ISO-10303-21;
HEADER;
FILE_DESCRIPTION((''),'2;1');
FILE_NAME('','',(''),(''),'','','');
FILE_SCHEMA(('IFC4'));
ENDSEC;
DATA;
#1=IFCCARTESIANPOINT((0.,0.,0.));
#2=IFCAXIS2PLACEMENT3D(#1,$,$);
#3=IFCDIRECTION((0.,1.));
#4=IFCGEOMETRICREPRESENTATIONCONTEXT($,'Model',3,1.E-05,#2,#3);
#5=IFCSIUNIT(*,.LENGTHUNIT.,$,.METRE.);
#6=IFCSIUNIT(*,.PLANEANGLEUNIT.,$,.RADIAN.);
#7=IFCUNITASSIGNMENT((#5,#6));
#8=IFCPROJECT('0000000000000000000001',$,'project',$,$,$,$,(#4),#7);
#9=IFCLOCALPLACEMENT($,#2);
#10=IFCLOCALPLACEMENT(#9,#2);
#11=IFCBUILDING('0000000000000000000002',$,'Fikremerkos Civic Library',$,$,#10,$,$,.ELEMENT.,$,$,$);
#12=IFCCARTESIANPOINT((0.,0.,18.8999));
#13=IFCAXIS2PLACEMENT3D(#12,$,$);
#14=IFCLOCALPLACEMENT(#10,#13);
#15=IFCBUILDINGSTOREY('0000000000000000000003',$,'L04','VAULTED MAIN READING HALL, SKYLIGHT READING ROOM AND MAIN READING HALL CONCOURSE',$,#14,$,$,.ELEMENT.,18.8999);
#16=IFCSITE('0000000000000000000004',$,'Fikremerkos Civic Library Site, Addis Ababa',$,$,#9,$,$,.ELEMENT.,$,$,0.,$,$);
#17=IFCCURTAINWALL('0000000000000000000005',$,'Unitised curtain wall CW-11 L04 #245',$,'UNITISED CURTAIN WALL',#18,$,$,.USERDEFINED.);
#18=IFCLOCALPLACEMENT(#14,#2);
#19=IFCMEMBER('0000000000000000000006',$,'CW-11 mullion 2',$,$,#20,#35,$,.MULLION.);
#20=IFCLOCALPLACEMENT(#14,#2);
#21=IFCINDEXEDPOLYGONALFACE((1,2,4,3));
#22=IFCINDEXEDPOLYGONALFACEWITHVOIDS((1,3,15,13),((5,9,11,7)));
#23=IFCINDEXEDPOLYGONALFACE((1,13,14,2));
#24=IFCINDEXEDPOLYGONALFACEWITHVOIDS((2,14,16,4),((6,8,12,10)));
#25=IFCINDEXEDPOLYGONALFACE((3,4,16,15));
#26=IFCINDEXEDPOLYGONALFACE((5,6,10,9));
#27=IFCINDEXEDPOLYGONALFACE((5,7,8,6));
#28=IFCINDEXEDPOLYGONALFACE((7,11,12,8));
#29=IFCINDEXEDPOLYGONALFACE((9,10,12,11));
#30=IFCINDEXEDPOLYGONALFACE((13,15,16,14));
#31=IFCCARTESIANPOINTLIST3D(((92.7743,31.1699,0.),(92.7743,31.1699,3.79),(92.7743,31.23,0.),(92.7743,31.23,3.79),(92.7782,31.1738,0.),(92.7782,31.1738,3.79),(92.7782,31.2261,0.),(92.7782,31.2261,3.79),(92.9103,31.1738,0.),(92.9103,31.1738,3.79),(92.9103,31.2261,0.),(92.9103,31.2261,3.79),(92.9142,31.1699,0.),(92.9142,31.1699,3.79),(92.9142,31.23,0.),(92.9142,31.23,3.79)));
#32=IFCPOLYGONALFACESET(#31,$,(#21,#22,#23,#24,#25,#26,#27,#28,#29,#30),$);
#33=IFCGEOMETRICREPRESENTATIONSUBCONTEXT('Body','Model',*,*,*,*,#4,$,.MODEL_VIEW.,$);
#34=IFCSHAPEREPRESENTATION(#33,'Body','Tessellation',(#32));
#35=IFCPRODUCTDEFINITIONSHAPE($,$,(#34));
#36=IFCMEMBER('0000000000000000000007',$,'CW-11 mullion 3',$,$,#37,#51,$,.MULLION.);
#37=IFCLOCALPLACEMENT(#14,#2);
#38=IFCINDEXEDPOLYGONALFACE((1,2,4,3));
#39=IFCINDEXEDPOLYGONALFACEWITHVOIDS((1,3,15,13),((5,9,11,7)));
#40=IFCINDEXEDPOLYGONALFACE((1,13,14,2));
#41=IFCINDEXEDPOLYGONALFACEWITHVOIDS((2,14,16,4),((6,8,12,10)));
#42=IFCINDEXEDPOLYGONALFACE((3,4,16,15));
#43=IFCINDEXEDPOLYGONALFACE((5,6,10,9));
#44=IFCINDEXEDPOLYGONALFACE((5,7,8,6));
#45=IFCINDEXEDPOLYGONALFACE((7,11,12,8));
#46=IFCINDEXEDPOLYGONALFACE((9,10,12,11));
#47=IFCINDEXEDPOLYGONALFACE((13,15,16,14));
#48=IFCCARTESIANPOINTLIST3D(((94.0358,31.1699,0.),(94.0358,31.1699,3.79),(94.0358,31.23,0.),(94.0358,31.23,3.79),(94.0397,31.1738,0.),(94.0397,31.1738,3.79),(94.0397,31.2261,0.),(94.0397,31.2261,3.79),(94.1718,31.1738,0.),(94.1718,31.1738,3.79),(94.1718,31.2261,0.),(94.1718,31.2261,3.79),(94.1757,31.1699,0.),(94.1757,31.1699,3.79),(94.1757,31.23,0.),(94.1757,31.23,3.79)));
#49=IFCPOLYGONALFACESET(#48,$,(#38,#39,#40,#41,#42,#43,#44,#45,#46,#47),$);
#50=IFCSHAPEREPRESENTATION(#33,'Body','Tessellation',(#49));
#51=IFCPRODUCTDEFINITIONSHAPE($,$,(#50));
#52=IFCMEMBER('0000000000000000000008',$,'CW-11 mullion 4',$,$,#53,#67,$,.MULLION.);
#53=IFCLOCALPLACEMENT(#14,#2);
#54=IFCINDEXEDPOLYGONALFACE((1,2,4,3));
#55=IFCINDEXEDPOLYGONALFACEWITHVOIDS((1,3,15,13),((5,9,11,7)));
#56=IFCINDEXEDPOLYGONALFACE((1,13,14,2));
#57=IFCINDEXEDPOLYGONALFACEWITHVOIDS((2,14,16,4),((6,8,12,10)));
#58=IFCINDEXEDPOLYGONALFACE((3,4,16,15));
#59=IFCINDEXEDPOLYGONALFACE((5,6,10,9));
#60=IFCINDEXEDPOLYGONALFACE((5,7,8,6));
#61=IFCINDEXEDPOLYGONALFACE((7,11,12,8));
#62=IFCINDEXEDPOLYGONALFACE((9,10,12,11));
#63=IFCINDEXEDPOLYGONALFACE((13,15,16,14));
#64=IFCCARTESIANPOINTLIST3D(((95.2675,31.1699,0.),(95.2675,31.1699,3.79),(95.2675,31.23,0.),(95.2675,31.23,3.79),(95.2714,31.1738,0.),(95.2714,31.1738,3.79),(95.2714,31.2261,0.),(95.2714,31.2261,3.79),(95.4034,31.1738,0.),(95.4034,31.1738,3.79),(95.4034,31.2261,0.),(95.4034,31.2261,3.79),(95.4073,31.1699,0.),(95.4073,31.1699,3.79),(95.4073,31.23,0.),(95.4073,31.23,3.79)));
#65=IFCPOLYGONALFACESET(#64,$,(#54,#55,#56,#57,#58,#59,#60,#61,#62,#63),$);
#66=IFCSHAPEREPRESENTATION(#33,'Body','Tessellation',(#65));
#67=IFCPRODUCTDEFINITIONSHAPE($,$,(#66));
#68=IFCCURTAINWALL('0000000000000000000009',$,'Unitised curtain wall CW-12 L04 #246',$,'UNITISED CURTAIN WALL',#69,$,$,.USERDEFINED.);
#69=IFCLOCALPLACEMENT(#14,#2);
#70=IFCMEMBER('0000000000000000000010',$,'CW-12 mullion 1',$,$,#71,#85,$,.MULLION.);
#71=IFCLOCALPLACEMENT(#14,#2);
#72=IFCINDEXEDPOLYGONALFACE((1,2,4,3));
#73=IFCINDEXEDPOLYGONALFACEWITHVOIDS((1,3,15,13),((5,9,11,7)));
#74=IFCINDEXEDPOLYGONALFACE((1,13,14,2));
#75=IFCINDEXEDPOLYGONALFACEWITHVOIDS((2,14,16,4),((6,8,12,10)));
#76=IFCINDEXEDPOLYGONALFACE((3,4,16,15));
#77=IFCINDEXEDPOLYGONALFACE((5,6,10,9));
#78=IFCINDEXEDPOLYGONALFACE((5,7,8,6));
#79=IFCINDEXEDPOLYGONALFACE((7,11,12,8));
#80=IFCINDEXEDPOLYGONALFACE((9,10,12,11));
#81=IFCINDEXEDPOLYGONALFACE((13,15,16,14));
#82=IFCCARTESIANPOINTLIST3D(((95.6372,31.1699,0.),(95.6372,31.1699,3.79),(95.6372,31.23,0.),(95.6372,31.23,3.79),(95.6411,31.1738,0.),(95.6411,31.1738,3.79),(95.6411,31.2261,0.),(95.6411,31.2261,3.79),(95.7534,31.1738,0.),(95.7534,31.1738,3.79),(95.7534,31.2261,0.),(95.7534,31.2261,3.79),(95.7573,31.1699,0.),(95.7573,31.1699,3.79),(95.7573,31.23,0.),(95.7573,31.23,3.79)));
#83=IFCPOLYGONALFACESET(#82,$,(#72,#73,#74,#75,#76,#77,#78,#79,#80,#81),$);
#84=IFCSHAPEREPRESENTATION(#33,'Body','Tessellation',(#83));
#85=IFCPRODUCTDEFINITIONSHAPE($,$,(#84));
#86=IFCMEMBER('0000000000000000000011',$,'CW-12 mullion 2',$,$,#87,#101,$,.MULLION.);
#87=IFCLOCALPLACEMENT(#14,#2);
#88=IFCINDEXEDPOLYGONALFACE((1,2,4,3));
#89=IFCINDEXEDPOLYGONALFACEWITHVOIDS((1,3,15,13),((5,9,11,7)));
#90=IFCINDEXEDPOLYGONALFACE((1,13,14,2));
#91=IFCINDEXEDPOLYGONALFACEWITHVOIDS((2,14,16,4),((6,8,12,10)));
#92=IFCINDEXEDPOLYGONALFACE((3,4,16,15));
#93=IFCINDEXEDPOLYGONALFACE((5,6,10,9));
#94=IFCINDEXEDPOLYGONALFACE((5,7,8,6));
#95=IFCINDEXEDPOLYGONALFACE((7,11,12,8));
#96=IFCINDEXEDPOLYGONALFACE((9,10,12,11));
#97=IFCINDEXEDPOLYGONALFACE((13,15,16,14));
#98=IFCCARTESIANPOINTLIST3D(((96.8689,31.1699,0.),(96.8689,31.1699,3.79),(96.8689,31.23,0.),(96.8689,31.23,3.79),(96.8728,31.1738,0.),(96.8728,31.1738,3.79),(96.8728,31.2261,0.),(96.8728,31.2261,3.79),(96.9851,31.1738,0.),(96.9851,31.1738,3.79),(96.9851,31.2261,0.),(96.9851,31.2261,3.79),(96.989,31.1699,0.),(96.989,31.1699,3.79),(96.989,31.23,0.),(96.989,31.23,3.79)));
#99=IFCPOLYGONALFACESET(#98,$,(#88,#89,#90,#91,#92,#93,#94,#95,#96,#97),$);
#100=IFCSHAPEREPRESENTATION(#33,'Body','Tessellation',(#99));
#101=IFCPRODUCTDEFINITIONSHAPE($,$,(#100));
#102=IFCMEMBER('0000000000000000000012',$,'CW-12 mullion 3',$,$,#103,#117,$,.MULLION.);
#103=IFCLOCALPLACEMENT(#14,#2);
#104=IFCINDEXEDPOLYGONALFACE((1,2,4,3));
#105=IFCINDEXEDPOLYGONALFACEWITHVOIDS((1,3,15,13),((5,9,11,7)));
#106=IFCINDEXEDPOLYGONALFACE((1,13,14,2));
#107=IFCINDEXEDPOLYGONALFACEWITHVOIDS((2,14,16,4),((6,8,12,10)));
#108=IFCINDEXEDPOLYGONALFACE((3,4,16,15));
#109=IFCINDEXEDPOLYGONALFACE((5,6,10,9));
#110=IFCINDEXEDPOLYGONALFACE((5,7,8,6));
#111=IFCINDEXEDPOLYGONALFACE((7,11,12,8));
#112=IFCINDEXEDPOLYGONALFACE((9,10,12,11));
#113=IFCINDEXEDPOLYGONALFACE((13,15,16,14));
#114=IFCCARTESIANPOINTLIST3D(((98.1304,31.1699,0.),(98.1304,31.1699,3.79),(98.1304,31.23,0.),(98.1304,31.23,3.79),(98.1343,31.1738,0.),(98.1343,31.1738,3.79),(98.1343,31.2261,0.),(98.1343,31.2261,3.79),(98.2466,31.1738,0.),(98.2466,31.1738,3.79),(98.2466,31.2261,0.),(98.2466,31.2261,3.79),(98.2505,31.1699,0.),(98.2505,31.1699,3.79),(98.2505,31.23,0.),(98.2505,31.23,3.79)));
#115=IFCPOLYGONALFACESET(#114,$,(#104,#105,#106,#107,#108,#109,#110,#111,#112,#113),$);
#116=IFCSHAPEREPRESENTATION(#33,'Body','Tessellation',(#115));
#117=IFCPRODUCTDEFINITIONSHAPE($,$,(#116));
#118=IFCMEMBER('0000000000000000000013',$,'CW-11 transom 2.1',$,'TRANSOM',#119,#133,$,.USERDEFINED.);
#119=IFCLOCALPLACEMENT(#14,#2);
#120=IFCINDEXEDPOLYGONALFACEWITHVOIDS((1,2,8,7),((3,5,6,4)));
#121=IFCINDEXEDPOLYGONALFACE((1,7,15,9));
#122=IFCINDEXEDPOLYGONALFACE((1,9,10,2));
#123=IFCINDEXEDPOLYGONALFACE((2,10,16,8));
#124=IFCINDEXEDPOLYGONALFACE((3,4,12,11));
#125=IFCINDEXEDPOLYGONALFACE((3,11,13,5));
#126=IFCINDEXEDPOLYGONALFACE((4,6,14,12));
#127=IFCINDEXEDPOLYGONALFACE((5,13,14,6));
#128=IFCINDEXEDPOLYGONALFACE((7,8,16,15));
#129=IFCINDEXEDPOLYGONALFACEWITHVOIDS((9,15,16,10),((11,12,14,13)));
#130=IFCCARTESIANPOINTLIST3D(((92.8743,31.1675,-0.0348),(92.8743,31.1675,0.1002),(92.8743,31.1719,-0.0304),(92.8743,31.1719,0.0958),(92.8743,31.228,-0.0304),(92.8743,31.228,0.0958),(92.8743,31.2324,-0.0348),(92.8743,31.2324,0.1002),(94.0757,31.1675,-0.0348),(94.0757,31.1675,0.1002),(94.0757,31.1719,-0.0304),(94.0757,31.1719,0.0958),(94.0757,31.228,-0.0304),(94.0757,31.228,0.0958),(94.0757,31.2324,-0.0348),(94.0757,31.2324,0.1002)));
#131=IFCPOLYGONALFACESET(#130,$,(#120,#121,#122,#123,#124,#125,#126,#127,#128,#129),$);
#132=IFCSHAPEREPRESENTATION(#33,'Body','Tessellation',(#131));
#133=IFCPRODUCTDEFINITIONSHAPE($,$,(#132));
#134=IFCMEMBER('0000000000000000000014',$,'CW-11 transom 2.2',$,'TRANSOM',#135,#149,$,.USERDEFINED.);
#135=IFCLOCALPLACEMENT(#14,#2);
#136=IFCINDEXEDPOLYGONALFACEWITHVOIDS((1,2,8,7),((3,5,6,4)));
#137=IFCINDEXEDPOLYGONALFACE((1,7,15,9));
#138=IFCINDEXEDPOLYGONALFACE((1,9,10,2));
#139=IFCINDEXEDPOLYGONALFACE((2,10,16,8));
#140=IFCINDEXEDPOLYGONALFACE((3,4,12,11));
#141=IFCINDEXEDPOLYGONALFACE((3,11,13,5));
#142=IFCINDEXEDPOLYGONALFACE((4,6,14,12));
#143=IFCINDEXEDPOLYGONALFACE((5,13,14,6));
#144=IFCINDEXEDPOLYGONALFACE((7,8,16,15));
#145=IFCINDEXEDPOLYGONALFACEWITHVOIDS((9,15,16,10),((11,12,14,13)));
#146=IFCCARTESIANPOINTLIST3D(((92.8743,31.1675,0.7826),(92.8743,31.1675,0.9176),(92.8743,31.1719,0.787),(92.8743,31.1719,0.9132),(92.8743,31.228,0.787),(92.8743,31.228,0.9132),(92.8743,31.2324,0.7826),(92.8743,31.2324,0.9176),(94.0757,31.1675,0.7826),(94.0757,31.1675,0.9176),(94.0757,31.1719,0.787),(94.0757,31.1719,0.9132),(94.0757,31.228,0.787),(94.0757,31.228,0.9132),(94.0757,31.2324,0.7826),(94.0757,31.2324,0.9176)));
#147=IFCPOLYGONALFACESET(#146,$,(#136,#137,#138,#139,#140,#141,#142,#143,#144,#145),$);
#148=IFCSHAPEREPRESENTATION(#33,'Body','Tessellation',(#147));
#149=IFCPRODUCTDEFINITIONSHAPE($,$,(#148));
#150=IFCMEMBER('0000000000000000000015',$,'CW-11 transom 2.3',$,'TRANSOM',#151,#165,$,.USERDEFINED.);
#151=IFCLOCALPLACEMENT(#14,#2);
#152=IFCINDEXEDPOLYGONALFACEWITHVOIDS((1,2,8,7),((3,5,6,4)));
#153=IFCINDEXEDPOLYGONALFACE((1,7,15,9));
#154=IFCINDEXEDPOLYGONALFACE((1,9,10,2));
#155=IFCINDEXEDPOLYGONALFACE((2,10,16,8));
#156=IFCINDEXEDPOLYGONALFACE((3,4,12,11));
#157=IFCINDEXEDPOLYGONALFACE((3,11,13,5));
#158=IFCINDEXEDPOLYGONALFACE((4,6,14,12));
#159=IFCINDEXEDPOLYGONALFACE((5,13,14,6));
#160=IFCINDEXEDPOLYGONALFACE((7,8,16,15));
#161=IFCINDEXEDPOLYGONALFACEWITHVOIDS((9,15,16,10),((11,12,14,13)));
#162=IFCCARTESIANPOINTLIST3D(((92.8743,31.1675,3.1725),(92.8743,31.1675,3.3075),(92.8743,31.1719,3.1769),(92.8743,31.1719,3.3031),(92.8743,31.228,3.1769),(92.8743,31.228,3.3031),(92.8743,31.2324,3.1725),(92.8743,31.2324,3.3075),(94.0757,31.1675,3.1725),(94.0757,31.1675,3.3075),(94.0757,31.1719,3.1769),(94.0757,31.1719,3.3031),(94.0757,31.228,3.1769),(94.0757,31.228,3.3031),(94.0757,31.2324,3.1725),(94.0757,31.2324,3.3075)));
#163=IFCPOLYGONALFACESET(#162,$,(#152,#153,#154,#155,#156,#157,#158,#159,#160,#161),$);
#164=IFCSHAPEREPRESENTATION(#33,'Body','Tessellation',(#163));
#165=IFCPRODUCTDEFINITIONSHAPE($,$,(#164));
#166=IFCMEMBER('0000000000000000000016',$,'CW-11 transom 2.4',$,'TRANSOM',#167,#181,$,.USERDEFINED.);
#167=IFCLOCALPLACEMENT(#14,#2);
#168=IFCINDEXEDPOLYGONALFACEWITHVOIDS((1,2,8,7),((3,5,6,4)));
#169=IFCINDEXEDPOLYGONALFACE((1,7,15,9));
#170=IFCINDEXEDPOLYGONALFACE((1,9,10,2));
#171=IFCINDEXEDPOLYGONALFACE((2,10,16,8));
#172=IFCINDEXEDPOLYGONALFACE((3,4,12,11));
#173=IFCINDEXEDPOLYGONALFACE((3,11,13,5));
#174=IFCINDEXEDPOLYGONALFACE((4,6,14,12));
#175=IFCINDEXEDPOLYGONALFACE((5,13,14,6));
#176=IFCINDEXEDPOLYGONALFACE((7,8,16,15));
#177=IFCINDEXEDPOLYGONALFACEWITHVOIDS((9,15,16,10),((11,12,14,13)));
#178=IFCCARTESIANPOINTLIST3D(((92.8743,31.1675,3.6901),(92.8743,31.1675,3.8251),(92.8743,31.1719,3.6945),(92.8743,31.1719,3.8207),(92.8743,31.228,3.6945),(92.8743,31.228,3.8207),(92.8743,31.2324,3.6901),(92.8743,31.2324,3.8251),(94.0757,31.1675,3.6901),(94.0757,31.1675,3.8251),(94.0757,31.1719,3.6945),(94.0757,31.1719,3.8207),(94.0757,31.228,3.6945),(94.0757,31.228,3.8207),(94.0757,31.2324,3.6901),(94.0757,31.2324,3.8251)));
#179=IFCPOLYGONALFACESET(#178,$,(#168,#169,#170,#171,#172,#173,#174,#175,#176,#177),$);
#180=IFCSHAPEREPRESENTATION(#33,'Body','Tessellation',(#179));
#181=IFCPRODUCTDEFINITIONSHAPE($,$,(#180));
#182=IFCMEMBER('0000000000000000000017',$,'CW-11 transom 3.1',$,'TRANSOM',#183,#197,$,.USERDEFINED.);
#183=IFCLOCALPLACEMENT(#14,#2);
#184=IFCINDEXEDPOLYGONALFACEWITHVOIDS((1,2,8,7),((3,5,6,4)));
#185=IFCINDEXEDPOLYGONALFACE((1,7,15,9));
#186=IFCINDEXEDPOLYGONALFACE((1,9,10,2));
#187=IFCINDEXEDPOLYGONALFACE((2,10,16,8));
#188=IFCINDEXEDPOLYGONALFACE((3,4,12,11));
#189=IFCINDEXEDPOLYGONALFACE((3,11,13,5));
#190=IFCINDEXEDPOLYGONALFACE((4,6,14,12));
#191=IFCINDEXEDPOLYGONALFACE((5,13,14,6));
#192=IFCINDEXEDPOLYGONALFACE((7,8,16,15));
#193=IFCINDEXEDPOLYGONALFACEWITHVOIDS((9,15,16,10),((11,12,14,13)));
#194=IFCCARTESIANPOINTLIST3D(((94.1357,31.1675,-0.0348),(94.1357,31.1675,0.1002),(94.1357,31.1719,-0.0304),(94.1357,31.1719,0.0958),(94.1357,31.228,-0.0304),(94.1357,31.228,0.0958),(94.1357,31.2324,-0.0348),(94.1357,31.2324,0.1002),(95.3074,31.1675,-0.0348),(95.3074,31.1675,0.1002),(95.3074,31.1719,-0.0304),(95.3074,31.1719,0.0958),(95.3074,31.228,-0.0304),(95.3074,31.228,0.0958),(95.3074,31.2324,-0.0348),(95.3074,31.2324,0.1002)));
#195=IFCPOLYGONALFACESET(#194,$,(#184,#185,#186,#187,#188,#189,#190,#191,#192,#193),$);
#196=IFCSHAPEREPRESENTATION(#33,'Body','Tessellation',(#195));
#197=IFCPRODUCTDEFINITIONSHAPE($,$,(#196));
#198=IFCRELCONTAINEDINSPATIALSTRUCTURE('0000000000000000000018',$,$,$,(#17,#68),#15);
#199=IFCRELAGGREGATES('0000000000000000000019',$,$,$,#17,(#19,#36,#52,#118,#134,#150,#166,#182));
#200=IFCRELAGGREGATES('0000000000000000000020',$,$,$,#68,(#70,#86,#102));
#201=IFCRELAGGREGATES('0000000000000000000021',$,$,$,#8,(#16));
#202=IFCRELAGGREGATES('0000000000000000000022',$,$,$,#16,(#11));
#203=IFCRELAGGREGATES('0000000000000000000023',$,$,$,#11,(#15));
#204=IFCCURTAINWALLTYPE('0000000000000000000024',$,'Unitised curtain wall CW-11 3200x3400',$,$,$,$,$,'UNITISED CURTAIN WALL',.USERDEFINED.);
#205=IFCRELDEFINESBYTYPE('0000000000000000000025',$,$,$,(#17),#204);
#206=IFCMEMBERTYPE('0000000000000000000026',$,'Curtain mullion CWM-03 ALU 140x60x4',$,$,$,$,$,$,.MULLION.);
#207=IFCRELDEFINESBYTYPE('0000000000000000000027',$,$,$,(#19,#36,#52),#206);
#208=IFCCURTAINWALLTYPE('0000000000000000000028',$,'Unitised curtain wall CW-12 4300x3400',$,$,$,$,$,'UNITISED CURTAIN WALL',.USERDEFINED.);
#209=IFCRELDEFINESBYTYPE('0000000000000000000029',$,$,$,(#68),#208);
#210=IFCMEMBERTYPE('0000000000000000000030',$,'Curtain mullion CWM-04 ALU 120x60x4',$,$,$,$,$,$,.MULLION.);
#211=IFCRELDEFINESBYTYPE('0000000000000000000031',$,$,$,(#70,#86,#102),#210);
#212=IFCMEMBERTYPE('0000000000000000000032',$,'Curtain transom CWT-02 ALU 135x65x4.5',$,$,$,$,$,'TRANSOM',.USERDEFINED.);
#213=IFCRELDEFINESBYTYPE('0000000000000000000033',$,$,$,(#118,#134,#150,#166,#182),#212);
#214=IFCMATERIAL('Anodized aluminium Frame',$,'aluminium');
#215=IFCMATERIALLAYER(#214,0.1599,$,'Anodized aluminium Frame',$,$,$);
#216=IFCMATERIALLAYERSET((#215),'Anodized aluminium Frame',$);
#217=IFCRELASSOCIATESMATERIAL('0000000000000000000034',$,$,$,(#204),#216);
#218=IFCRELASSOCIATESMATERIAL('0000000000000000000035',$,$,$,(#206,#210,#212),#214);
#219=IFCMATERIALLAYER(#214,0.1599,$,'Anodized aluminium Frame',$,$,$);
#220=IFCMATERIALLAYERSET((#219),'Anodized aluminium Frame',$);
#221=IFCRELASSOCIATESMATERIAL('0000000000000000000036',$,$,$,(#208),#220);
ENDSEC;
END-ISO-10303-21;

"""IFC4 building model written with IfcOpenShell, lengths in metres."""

from ifc_helpers import new_model, si_unit, direction, frame, origin, origin_2d, place, context, subcontext, project, spatial, hollow_rectangle, extrude, material, layer, layer_set, material_profile, profile_set, type_object, element, aggregate, save


model = new_model("IFC4")

# Units and contexts
model_context = context("Model", 3, precision=1e-05, world=origin(), true_north=direction((0.0, 1.0)))
body_context = subcontext(model_context, "Body", "Model", "MODEL_VIEW")
ifc_project = project(units=[si_unit("LENGTHUNIT", "METRE"), si_unit("PLANEANGLEUNIT", "RADIAN")], contexts=[model_context])

# Site, building, storey
site_placement = place(None, origin())
site = spatial("IfcSite", under=ifc_project, at=site_placement, Name="Fikremerkos Civic Library Site, Addis Ababa", CompositionType="ELEMENT", RefElevation=0.0)
building_placement = place(site_placement, origin())
building = spatial("IfcBuilding", under=site, at=building_placement, Name="Fikremerkos Civic Library", CompositionType="ELEMENT")
storey_placement = place(building_placement, frame((0.0, 0.0, 18.8999)))
storey = spatial("IfcBuildingStorey", under=building, at=storey_placement, Name="L04", Description="VAULTED MAIN READING HALL, SKYLIGHT READING ROOM AND MAIN READING HALL CONCOURSE", CompositionType="ELEMENT", Elevation=18.8999)

# Curtain walls, members
ifc_material_1 = material(Name="Anodized aluminium Frame", Category="aluminium")
ifc_layer_1 = layer(ifc_material_1, 0.1599, Name="Anodized aluminium Frame")
ifc_layer_set_1 = layer_set([ifc_layer_1], Name="Anodized aluminium Frame")
curtain_wall_type_1 = type_object("IfcCurtainWallType", Name="Unitised curtain wall CW-11 3200x3400", ElementType="UNITISED CURTAIN WALL", PredefinedType="USERDEFINED", material=ifc_layer_set_1)
curtain_wall_1_placement = place(storey_placement, origin())
curtain_wall_1 = element("IfcCurtainWall", 1, at=curtain_wall_1_placement, inside=storey, type_object=curtain_wall_type_1, Name="Unitised curtain wall CW-11 L04 #245", ObjectType="UNITISED CURTAIN WALL", PredefinedType="USERDEFINED")
ifc_material_profile_1 = material_profile(ifc_material_1, hollow_rectangle(XDim=0.0601, YDim=0.1399, WallThickness=0.0039, at=origin_2d()), Name="ALU 140x60x4")
ifc_profile_set_1 = profile_set([ifc_material_profile_1], Name="Anodized aluminium Frame")
member_type_1 = type_object("IfcMemberType", Name="Curtain mullion CWM-03 ALU 140x60x4", PredefinedType="MULLION", material=ifc_profile_set_1)
member_1_placement = place(storey_placement, frame((92.8442, 31.2, 0.0), z_axis=(0.0, 0.0, 1.0), x_axis=(0.0, 1.0, 0.0)))
member_1 = element("IfcMember", 2, at=member_1_placement, type_object=member_type_1, Name="CW-11 mullion 2", PredefinedType="MULLION", context=body_context, shape_type="SweptSolid", body=[
    extrude(hollow_rectangle(XDim=0.0601, YDim=0.1399, WallThickness=0.0039, at=origin_2d()), origin(), (0.0, 0.0, 1.0), 3.79),
])
member_2_placement = place(storey_placement, frame((94.1057, 31.2, 0.0), z_axis=(0.0, 0.0, 1.0), x_axis=(0.0, 1.0, 0.0)))
member_2 = element("IfcMember", 3, at=member_2_placement, type_object=member_type_1, Name="CW-11 mullion 3", PredefinedType="MULLION", context=body_context, shape_type="SweptSolid", body=[
    extrude(hollow_rectangle(XDim=0.0601, YDim=0.1399, WallThickness=0.0039, at=origin_2d()), origin(), (0.0, 0.0, 1.0), 3.79),
])
member_3_placement = place(storey_placement, frame((95.3374, 31.2, 0.0), z_axis=(0.0, 0.0, 1.0), x_axis=(0.0, 1.0, 0.0)))
member_3 = element("IfcMember", 4, at=member_3_placement, type_object=member_type_1, Name="CW-11 mullion 4", PredefinedType="MULLION", context=body_context, shape_type="SweptSolid", body=[
    extrude(hollow_rectangle(XDim=0.0601, YDim=0.1399, WallThickness=0.0039, at=origin_2d()), origin(), (0.0, 0.0, 1.0), 3.79),
])
ifc_layer_2 = layer(ifc_material_1, 0.1599, Name="Anodized aluminium Frame")
ifc_layer_set_2 = layer_set([ifc_layer_2], Name="Anodized aluminium Frame")
curtain_wall_type_2 = type_object("IfcCurtainWallType", Name="Unitised curtain wall CW-12 4300x3400", ElementType="UNITISED CURTAIN WALL", PredefinedType="USERDEFINED", material=ifc_layer_set_2)
curtain_wall_2_placement = place(storey_placement, origin())
curtain_wall_2 = element("IfcCurtainWall", 5, at=curtain_wall_2_placement, inside=storey, type_object=curtain_wall_type_2, Name="Unitised curtain wall CW-12 L04 #246", ObjectType="UNITISED CURTAIN WALL", PredefinedType="USERDEFINED")
ifc_material_profile_2 = material_profile(ifc_material_1, hollow_rectangle(XDim=0.0601, YDim=0.1201, WallThickness=0.0039, at=origin_2d()), Name="ALU 120x60x4")
ifc_profile_set_2 = profile_set([ifc_material_profile_2], Name="Anodized aluminium Frame")
member_type_2 = type_object("IfcMemberType", Name="Curtain mullion CWM-04 ALU 120x60x4", PredefinedType="MULLION", material=ifc_profile_set_2)
member_4_placement = place(storey_placement, frame((95.6973, 31.2, 0.0), z_axis=(0.0, 0.0, 1.0), x_axis=(0.0, 1.0, 0.0)))
member_4 = element("IfcMember", 6, at=member_4_placement, type_object=member_type_2, Name="CW-12 mullion 1", PredefinedType="MULLION", context=body_context, shape_type="SweptSolid", body=[
    extrude(hollow_rectangle(XDim=0.0601, YDim=0.1201, WallThickness=0.0039, at=origin_2d()), origin(), (0.0, 0.0, 1.0), 3.79),
])
member_5_placement = place(storey_placement, frame((96.929, 31.2, 0.0), z_axis=(0.0, 0.0, 1.0), x_axis=(0.0, 1.0, 0.0)))
member_5 = element("IfcMember", 7, at=member_5_placement, type_object=member_type_2, Name="CW-12 mullion 2", PredefinedType="MULLION", context=body_context, shape_type="SweptSolid", body=[
    extrude(hollow_rectangle(XDim=0.0601, YDim=0.1201, WallThickness=0.0039, at=origin_2d()), origin(), (0.0, 0.0, 1.0), 3.79),
])
member_6_placement = place(storey_placement, frame((98.1904, 31.2, 0.0), z_axis=(0.0, 0.0, 1.0), x_axis=(0.0, 1.0, 0.0)))
member_6 = element("IfcMember", 8, at=member_6_placement, type_object=member_type_2, Name="CW-12 mullion 3", PredefinedType="MULLION", context=body_context, shape_type="SweptSolid", body=[
    extrude(hollow_rectangle(XDim=0.0601, YDim=0.1201, WallThickness=0.0039, at=origin_2d()), origin(), (0.0, 0.0, 1.0), 3.79),
])

# Members
ifc_material_profile_3 = material_profile(ifc_material_1, hollow_rectangle(XDim=0.0649, YDim=0.135, WallThickness=0.0044, at=origin_2d()), Name="ALU 135x65x4.5")
ifc_profile_set_3 = profile_set([ifc_material_profile_3], Name="Anodized aluminium Frame")
member_type_3 = type_object("IfcMemberType", Name="Curtain transom CWT-02 ALU 135x65x4.5", ElementType="TRANSOM", PredefinedType="USERDEFINED", material=ifc_profile_set_3)
member_7_placement = place(storey_placement, frame((92.8743, 31.2, 0.0327), z_axis=(1.0, 0.0, 0.0), x_axis=(0.0, 1.0, 0.0)))
member_7 = element("IfcMember", 9, at=member_7_placement, type_object=member_type_3, Name="CW-11 transom 2.1", ObjectType="TRANSOM", PredefinedType="USERDEFINED", context=body_context, shape_type="SweptSolid", body=[
    extrude(hollow_rectangle(XDim=0.0649, YDim=0.135, WallThickness=0.0044, at=origin_2d()), origin(), (0.0, 0.0, 1.0), 1.2014),
])
member_8_placement = place(storey_placement, frame((92.8743, 31.2, 0.8501), z_axis=(1.0, 0.0, 0.0), x_axis=(0.0, 1.0, 0.0)))
member_8 = element("IfcMember", 10, at=member_8_placement, type_object=member_type_3, Name="CW-11 transom 2.2", ObjectType="TRANSOM", PredefinedType="USERDEFINED", context=body_context, shape_type="SweptSolid", body=[
    extrude(hollow_rectangle(XDim=0.0649, YDim=0.135, WallThickness=0.0044, at=origin_2d()), origin(), (0.0, 0.0, 1.0), 1.2014),
])
member_9_placement = place(storey_placement, frame((92.8743, 31.2, 3.24), z_axis=(1.0, 0.0, 0.0), x_axis=(0.0, 1.0, 0.0)))
member_9 = element("IfcMember", 11, at=member_9_placement, type_object=member_type_3, Name="CW-11 transom 2.3", ObjectType="TRANSOM", PredefinedType="USERDEFINED", context=body_context, shape_type="SweptSolid", body=[
    extrude(hollow_rectangle(XDim=0.0649, YDim=0.135, WallThickness=0.0044, at=origin_2d()), origin(), (0.0, 0.0, 1.0), 1.2014),
])
member_10_placement = place(storey_placement, frame((92.8743, 31.2, 3.7576), z_axis=(1.0, 0.0, 0.0), x_axis=(0.0, 1.0, 0.0)))
member_10 = element("IfcMember", 12, at=member_10_placement, type_object=member_type_3, Name="CW-11 transom 2.4", ObjectType="TRANSOM", PredefinedType="USERDEFINED", context=body_context, shape_type="SweptSolid", body=[
    extrude(hollow_rectangle(XDim=0.0649, YDim=0.135, WallThickness=0.0044, at=origin_2d()), origin(), (0.0, 0.0, 1.0), 1.2014),
])
member_11_placement = place(storey_placement, frame((94.1357, 31.2, 0.0327), z_axis=(1.0, 0.0, 0.0), x_axis=(0.0, 1.0, 0.0)))
member_11 = element("IfcMember", 13, at=member_11_placement, type_object=member_type_3, Name="CW-11 transom 3.1", ObjectType="TRANSOM", PredefinedType="USERDEFINED", context=body_context, shape_type="SweptSolid", body=[
    extrude(hollow_rectangle(XDim=0.0649, YDim=0.135, WallThickness=0.0044, at=origin_2d()), origin(), (0.0, 0.0, 1.0), 1.1716),
])

aggregate(curtain_wall_1, [member_1, member_2, member_3, member_7, member_8, member_9, member_10, member_11])
aggregate(curtain_wall_2, [member_4, member_5, member_6])

save(model, "model.ifc")
